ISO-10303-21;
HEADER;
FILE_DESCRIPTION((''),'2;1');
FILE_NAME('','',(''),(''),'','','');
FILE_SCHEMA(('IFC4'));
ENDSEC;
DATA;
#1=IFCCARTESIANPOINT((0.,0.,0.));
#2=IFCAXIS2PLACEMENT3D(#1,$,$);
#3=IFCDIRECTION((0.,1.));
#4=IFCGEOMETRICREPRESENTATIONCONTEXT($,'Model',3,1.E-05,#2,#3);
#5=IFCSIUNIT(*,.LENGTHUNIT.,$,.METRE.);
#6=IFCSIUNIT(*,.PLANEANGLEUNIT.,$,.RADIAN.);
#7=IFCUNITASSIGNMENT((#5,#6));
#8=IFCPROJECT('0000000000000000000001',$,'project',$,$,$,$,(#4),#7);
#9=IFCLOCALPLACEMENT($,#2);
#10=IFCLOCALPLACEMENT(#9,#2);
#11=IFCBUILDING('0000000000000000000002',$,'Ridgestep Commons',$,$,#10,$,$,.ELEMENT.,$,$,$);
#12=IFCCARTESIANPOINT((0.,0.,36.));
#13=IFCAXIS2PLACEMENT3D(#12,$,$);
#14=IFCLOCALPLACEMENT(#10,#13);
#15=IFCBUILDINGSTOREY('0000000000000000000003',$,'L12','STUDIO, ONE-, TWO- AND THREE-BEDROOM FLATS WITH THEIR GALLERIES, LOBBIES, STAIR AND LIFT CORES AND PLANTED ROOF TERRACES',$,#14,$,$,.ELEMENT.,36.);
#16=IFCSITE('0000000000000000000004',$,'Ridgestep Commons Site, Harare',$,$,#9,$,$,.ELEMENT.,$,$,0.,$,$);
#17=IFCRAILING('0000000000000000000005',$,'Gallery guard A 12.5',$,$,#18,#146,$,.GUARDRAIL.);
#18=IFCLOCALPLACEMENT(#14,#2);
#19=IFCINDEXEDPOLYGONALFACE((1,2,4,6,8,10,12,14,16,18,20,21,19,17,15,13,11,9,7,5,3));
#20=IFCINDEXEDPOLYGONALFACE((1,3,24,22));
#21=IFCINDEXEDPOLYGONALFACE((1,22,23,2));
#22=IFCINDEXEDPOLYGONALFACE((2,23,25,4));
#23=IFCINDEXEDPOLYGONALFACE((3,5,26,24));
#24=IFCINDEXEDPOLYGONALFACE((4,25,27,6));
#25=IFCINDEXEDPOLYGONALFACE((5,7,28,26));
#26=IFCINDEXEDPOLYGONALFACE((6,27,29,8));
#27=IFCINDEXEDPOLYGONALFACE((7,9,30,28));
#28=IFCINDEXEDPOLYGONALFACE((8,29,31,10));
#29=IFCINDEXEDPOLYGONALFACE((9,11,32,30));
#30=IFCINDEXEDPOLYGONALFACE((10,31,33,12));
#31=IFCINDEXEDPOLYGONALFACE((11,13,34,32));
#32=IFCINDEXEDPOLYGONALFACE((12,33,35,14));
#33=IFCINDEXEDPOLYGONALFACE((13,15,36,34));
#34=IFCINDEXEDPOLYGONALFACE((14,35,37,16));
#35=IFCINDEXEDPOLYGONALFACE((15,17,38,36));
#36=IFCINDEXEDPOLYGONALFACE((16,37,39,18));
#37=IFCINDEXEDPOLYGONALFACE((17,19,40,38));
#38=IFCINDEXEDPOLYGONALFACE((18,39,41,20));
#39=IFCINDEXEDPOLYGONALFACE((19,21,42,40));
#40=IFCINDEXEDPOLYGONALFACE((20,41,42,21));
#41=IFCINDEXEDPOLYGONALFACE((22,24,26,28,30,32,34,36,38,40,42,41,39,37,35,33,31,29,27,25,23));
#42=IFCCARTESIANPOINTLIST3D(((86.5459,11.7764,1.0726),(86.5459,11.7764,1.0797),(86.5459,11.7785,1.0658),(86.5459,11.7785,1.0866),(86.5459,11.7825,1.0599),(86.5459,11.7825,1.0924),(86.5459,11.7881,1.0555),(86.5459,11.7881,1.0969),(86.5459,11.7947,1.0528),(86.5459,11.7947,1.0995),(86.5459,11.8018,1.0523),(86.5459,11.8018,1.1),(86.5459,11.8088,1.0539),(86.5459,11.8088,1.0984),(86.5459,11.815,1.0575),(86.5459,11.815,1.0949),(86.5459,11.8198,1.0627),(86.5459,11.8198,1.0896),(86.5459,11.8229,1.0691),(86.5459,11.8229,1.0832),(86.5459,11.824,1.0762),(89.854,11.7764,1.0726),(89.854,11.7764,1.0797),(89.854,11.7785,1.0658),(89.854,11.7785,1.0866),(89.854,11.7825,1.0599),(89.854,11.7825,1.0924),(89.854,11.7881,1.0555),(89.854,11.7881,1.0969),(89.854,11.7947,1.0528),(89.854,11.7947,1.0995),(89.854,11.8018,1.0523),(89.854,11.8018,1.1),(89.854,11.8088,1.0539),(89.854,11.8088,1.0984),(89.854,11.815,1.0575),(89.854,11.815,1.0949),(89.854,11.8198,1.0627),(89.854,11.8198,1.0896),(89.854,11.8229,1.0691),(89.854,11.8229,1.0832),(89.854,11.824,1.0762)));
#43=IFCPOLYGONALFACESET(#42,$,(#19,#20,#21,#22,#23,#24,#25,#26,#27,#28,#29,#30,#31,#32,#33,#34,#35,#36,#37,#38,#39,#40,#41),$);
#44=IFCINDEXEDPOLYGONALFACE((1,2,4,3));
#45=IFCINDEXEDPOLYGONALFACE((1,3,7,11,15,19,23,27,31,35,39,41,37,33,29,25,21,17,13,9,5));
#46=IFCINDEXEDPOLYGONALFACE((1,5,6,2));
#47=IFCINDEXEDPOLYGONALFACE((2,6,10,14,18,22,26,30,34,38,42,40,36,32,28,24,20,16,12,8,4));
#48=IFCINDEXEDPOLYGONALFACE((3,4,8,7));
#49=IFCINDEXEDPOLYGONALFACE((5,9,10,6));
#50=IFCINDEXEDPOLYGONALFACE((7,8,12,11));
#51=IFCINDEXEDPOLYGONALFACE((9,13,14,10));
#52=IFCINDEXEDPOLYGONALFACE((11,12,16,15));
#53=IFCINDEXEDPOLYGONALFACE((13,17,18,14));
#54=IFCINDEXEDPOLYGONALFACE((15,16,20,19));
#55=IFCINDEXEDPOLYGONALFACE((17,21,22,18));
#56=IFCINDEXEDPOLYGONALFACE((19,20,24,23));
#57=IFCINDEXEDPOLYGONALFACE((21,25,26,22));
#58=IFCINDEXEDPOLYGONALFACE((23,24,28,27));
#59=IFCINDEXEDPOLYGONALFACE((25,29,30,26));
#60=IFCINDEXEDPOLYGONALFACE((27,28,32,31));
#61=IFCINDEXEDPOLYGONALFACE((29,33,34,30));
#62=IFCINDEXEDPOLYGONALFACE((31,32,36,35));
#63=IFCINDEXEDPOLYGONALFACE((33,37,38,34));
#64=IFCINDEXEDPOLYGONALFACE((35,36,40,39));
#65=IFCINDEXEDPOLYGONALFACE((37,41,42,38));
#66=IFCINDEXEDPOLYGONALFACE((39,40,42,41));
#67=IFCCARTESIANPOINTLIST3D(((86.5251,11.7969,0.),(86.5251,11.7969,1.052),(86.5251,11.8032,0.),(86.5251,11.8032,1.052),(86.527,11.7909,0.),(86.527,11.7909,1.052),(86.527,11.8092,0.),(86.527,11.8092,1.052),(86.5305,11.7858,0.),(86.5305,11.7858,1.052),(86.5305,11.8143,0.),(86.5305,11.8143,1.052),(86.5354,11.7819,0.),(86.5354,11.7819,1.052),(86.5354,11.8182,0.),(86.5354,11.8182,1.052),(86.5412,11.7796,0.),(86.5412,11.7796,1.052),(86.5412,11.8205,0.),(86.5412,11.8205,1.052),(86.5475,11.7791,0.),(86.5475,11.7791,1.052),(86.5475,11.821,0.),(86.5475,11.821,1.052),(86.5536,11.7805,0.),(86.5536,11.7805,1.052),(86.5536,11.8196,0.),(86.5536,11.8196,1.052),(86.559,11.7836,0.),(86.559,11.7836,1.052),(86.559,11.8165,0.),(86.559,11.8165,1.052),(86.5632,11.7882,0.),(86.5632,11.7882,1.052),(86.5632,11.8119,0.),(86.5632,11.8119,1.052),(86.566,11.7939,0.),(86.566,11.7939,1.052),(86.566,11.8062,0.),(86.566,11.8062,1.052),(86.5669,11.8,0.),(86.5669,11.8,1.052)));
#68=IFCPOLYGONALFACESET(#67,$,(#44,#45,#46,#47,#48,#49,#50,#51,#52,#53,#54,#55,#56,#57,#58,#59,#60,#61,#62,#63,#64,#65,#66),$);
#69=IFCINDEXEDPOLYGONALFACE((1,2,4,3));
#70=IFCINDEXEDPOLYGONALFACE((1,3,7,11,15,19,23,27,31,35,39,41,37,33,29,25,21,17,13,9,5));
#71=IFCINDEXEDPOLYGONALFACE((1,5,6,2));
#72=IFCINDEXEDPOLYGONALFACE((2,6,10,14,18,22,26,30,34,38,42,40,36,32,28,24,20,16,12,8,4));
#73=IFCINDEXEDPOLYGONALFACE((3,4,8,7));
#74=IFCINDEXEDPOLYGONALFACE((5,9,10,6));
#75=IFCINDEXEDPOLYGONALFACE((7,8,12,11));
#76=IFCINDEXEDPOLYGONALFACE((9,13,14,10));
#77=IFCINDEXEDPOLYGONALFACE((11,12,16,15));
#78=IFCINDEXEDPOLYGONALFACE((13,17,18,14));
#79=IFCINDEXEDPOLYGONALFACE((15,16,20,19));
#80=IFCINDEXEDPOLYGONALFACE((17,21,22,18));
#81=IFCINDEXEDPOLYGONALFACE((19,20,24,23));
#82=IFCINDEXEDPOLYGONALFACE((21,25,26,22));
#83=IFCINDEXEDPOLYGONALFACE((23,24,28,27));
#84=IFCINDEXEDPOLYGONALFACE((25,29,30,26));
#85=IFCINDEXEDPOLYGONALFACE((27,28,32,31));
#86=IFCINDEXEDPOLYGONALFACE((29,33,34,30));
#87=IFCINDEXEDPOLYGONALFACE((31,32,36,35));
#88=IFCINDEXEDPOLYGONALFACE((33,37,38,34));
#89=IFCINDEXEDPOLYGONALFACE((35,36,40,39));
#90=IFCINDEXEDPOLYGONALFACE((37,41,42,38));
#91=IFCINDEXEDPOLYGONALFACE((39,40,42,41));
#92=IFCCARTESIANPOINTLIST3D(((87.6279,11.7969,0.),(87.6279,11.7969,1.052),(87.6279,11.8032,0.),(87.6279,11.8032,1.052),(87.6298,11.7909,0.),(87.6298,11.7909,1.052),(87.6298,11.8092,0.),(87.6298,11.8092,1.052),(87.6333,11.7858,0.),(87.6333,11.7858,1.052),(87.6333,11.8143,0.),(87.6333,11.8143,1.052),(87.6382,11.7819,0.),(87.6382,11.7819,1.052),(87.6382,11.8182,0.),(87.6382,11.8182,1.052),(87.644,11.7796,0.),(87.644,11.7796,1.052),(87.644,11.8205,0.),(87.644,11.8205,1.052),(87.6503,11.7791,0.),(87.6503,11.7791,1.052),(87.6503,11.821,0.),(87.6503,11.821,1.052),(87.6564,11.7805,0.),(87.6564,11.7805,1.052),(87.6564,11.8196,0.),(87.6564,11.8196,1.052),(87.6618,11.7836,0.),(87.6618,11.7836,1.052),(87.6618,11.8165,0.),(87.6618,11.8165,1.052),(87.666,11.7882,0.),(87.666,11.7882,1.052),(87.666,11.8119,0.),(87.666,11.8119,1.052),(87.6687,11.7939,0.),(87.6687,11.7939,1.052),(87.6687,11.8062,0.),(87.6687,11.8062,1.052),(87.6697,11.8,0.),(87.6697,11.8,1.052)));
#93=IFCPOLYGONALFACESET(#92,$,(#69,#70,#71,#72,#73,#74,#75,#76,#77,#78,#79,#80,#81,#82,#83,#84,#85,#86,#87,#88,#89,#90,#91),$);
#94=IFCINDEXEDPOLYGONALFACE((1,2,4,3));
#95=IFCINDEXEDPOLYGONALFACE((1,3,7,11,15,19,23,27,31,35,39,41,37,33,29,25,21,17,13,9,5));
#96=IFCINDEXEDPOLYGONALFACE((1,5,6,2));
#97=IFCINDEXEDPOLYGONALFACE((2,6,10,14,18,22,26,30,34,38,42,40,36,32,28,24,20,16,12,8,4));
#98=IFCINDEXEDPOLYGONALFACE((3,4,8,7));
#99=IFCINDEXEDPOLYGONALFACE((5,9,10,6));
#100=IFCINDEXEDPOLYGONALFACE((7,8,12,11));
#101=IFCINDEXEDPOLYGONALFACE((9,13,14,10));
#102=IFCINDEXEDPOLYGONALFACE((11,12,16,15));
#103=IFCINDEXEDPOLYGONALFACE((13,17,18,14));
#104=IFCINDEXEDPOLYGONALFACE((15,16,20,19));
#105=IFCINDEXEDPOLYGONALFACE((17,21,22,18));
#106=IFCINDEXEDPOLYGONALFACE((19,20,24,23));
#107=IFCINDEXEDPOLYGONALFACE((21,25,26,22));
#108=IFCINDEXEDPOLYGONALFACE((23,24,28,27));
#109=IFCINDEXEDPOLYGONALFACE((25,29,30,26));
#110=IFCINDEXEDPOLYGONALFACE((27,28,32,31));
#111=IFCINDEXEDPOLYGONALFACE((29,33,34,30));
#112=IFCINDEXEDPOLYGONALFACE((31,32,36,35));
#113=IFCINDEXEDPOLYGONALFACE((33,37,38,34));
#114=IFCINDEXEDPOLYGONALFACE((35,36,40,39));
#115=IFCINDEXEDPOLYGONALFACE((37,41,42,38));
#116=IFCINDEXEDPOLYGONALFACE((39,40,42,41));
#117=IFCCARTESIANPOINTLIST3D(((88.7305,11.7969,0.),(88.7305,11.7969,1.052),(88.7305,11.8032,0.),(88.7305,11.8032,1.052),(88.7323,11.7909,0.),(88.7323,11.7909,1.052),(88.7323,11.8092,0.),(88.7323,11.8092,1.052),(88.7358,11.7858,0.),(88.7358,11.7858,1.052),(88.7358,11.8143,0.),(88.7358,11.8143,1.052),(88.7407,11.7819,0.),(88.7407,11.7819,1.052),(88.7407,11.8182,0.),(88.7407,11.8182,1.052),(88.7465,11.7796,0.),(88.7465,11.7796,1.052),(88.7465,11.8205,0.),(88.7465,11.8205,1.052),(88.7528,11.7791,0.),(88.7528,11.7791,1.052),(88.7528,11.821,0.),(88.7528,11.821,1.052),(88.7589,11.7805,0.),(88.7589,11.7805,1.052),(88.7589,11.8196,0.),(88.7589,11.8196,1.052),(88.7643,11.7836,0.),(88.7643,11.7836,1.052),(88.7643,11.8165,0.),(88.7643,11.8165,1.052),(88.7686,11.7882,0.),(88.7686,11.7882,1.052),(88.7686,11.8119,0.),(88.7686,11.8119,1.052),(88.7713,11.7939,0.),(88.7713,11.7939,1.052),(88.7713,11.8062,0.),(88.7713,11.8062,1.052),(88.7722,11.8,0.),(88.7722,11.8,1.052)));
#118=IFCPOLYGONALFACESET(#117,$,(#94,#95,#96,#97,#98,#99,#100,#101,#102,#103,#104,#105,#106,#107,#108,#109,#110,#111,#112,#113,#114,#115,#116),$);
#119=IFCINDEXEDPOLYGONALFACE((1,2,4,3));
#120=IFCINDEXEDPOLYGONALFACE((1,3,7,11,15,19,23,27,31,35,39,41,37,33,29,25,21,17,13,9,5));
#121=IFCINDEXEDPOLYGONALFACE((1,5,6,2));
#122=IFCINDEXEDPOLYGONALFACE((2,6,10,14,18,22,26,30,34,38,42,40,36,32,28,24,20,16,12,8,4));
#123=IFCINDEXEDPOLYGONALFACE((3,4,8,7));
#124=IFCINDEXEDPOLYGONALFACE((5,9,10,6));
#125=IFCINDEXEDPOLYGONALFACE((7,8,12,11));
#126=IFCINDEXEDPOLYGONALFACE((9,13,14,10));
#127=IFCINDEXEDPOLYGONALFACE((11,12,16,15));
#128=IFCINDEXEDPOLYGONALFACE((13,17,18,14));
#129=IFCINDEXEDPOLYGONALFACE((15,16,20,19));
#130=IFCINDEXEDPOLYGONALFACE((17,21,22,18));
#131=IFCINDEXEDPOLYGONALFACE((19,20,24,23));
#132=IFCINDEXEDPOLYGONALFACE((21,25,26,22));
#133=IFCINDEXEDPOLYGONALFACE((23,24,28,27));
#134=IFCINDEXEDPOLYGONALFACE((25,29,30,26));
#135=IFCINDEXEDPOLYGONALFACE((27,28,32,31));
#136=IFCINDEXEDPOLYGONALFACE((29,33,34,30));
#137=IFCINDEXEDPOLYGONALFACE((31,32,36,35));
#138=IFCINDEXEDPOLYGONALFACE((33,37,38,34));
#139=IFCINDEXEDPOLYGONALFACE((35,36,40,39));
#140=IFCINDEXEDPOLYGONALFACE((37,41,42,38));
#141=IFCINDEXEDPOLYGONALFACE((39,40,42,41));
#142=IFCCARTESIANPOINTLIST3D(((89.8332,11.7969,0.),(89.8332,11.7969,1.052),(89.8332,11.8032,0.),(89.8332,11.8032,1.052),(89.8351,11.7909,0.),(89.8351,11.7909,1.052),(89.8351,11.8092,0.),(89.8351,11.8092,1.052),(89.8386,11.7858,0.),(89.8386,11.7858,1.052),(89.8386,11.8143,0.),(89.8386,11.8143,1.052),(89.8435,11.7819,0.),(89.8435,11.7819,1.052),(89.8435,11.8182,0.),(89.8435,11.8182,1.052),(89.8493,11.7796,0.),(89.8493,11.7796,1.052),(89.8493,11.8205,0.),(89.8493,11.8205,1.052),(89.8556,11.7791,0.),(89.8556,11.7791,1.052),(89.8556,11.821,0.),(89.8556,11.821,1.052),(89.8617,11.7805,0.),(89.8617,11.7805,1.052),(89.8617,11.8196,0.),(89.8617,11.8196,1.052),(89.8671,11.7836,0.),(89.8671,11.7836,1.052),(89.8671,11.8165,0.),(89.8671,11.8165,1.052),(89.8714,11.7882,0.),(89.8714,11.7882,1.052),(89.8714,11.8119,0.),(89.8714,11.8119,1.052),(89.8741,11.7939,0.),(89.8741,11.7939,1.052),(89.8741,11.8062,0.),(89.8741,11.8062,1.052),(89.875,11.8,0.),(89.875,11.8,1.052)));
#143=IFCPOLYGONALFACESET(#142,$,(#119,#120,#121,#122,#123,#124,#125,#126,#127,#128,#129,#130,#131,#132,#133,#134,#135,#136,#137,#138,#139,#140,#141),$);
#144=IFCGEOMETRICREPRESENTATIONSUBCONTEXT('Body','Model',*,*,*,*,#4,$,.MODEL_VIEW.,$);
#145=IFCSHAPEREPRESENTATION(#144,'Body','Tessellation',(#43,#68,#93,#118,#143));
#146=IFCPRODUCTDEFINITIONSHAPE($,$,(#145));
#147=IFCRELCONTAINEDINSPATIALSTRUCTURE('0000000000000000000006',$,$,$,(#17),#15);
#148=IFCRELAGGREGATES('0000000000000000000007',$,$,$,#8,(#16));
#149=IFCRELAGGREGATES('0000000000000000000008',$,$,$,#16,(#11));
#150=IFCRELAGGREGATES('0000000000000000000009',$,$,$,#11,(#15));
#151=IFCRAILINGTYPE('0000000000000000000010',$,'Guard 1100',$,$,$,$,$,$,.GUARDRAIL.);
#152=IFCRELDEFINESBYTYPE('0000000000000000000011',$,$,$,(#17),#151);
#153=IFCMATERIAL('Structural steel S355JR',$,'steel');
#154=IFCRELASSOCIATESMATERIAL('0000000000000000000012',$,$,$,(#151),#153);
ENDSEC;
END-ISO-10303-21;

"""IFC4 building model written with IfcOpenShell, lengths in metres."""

from ifc_helpers import new_model, si_unit, direction, frame, origin, origin_2d, place, context, subcontext, project, spatial, circle, extrude, material, type_object, element, save


model = new_model("IFC4")

# Units and contexts
model_context = context("Model", 3, precision=1e-05, world=origin(), true_north=direction((0.0, 1.0)))
body_context = subcontext(model_context, "Body", "Model", "MODEL_VIEW")
ifc_project = project(units=[si_unit("LENGTHUNIT", "METRE"), si_unit("PLANEANGLEUNIT", "RADIAN")], contexts=[model_context])

# Site, building, storey
site_placement = place(None, origin())
site = spatial("IfcSite", under=ifc_project, at=site_placement, Name="Ridgestep Commons Site, Harare", CompositionType="ELEMENT", RefElevation=0.0)
building_placement = place(site_placement, origin())
building = spatial("IfcBuilding", under=site, at=building_placement, Name="Ridgestep Commons", CompositionType="ELEMENT")
storey_placement = place(building_placement, frame((0.0, 0.0, 36.0)))
storey = spatial("IfcBuildingStorey", under=building, at=storey_placement, Name="L12", Description="STUDIO, ONE-, TWO- AND THREE-BEDROOM FLATS WITH THEIR GALLERIES, LOBBIES, STAIR AND LIFT CORES AND PLANTED ROOF TERRACES", CompositionType="ELEMENT", Elevation=36.0)

# Railing
ifc_material_1 = material(Name="Structural steel S355JR", Category="steel")
railing_type = type_object("IfcRailingType", Name="Guard 1100", PredefinedType="GUARDRAIL", material=ifc_material_1)
railing_1_placement = place(storey_placement, frame((86.5459, 11.8, 0.0)))
element("IfcRailing", 1, at=railing_1_placement, inside=storey, type_object=railing_type, Name="Gallery guard A 12.5", PredefinedType="GUARDRAIL", context=body_context, shape_type="SweptSolid", body=[
    extrude(circle(Radius=0.0239, at=origin_2d()), frame((0.0, 0.0, 1.0762), z_axis=(1.0, 0.0, 0.0), x_axis=(0.0, 1.0, 0.0)), (0.0, 0.0, 1.0), 3.3081),
    extrude(circle(Radius=0.021, at=origin_2d()), origin(), (0.0, 0.0, 1.0), 1.052),
    extrude(circle(Radius=0.021, at=origin_2d()), frame((1.1028, 0.0, 0.0)), (0.0, 0.0, 1.0), 1.052),
    extrude(circle(Radius=0.021, at=origin_2d()), frame((2.2053, 0.0, 0.0)), (0.0, 0.0, 1.0), 1.052),
    extrude(circle(Radius=0.021, at=origin_2d()), frame((3.3081, 0.0, 0.0)), (0.0, 0.0, 1.0), 1.052),
])

save(model, "model.ifc")
